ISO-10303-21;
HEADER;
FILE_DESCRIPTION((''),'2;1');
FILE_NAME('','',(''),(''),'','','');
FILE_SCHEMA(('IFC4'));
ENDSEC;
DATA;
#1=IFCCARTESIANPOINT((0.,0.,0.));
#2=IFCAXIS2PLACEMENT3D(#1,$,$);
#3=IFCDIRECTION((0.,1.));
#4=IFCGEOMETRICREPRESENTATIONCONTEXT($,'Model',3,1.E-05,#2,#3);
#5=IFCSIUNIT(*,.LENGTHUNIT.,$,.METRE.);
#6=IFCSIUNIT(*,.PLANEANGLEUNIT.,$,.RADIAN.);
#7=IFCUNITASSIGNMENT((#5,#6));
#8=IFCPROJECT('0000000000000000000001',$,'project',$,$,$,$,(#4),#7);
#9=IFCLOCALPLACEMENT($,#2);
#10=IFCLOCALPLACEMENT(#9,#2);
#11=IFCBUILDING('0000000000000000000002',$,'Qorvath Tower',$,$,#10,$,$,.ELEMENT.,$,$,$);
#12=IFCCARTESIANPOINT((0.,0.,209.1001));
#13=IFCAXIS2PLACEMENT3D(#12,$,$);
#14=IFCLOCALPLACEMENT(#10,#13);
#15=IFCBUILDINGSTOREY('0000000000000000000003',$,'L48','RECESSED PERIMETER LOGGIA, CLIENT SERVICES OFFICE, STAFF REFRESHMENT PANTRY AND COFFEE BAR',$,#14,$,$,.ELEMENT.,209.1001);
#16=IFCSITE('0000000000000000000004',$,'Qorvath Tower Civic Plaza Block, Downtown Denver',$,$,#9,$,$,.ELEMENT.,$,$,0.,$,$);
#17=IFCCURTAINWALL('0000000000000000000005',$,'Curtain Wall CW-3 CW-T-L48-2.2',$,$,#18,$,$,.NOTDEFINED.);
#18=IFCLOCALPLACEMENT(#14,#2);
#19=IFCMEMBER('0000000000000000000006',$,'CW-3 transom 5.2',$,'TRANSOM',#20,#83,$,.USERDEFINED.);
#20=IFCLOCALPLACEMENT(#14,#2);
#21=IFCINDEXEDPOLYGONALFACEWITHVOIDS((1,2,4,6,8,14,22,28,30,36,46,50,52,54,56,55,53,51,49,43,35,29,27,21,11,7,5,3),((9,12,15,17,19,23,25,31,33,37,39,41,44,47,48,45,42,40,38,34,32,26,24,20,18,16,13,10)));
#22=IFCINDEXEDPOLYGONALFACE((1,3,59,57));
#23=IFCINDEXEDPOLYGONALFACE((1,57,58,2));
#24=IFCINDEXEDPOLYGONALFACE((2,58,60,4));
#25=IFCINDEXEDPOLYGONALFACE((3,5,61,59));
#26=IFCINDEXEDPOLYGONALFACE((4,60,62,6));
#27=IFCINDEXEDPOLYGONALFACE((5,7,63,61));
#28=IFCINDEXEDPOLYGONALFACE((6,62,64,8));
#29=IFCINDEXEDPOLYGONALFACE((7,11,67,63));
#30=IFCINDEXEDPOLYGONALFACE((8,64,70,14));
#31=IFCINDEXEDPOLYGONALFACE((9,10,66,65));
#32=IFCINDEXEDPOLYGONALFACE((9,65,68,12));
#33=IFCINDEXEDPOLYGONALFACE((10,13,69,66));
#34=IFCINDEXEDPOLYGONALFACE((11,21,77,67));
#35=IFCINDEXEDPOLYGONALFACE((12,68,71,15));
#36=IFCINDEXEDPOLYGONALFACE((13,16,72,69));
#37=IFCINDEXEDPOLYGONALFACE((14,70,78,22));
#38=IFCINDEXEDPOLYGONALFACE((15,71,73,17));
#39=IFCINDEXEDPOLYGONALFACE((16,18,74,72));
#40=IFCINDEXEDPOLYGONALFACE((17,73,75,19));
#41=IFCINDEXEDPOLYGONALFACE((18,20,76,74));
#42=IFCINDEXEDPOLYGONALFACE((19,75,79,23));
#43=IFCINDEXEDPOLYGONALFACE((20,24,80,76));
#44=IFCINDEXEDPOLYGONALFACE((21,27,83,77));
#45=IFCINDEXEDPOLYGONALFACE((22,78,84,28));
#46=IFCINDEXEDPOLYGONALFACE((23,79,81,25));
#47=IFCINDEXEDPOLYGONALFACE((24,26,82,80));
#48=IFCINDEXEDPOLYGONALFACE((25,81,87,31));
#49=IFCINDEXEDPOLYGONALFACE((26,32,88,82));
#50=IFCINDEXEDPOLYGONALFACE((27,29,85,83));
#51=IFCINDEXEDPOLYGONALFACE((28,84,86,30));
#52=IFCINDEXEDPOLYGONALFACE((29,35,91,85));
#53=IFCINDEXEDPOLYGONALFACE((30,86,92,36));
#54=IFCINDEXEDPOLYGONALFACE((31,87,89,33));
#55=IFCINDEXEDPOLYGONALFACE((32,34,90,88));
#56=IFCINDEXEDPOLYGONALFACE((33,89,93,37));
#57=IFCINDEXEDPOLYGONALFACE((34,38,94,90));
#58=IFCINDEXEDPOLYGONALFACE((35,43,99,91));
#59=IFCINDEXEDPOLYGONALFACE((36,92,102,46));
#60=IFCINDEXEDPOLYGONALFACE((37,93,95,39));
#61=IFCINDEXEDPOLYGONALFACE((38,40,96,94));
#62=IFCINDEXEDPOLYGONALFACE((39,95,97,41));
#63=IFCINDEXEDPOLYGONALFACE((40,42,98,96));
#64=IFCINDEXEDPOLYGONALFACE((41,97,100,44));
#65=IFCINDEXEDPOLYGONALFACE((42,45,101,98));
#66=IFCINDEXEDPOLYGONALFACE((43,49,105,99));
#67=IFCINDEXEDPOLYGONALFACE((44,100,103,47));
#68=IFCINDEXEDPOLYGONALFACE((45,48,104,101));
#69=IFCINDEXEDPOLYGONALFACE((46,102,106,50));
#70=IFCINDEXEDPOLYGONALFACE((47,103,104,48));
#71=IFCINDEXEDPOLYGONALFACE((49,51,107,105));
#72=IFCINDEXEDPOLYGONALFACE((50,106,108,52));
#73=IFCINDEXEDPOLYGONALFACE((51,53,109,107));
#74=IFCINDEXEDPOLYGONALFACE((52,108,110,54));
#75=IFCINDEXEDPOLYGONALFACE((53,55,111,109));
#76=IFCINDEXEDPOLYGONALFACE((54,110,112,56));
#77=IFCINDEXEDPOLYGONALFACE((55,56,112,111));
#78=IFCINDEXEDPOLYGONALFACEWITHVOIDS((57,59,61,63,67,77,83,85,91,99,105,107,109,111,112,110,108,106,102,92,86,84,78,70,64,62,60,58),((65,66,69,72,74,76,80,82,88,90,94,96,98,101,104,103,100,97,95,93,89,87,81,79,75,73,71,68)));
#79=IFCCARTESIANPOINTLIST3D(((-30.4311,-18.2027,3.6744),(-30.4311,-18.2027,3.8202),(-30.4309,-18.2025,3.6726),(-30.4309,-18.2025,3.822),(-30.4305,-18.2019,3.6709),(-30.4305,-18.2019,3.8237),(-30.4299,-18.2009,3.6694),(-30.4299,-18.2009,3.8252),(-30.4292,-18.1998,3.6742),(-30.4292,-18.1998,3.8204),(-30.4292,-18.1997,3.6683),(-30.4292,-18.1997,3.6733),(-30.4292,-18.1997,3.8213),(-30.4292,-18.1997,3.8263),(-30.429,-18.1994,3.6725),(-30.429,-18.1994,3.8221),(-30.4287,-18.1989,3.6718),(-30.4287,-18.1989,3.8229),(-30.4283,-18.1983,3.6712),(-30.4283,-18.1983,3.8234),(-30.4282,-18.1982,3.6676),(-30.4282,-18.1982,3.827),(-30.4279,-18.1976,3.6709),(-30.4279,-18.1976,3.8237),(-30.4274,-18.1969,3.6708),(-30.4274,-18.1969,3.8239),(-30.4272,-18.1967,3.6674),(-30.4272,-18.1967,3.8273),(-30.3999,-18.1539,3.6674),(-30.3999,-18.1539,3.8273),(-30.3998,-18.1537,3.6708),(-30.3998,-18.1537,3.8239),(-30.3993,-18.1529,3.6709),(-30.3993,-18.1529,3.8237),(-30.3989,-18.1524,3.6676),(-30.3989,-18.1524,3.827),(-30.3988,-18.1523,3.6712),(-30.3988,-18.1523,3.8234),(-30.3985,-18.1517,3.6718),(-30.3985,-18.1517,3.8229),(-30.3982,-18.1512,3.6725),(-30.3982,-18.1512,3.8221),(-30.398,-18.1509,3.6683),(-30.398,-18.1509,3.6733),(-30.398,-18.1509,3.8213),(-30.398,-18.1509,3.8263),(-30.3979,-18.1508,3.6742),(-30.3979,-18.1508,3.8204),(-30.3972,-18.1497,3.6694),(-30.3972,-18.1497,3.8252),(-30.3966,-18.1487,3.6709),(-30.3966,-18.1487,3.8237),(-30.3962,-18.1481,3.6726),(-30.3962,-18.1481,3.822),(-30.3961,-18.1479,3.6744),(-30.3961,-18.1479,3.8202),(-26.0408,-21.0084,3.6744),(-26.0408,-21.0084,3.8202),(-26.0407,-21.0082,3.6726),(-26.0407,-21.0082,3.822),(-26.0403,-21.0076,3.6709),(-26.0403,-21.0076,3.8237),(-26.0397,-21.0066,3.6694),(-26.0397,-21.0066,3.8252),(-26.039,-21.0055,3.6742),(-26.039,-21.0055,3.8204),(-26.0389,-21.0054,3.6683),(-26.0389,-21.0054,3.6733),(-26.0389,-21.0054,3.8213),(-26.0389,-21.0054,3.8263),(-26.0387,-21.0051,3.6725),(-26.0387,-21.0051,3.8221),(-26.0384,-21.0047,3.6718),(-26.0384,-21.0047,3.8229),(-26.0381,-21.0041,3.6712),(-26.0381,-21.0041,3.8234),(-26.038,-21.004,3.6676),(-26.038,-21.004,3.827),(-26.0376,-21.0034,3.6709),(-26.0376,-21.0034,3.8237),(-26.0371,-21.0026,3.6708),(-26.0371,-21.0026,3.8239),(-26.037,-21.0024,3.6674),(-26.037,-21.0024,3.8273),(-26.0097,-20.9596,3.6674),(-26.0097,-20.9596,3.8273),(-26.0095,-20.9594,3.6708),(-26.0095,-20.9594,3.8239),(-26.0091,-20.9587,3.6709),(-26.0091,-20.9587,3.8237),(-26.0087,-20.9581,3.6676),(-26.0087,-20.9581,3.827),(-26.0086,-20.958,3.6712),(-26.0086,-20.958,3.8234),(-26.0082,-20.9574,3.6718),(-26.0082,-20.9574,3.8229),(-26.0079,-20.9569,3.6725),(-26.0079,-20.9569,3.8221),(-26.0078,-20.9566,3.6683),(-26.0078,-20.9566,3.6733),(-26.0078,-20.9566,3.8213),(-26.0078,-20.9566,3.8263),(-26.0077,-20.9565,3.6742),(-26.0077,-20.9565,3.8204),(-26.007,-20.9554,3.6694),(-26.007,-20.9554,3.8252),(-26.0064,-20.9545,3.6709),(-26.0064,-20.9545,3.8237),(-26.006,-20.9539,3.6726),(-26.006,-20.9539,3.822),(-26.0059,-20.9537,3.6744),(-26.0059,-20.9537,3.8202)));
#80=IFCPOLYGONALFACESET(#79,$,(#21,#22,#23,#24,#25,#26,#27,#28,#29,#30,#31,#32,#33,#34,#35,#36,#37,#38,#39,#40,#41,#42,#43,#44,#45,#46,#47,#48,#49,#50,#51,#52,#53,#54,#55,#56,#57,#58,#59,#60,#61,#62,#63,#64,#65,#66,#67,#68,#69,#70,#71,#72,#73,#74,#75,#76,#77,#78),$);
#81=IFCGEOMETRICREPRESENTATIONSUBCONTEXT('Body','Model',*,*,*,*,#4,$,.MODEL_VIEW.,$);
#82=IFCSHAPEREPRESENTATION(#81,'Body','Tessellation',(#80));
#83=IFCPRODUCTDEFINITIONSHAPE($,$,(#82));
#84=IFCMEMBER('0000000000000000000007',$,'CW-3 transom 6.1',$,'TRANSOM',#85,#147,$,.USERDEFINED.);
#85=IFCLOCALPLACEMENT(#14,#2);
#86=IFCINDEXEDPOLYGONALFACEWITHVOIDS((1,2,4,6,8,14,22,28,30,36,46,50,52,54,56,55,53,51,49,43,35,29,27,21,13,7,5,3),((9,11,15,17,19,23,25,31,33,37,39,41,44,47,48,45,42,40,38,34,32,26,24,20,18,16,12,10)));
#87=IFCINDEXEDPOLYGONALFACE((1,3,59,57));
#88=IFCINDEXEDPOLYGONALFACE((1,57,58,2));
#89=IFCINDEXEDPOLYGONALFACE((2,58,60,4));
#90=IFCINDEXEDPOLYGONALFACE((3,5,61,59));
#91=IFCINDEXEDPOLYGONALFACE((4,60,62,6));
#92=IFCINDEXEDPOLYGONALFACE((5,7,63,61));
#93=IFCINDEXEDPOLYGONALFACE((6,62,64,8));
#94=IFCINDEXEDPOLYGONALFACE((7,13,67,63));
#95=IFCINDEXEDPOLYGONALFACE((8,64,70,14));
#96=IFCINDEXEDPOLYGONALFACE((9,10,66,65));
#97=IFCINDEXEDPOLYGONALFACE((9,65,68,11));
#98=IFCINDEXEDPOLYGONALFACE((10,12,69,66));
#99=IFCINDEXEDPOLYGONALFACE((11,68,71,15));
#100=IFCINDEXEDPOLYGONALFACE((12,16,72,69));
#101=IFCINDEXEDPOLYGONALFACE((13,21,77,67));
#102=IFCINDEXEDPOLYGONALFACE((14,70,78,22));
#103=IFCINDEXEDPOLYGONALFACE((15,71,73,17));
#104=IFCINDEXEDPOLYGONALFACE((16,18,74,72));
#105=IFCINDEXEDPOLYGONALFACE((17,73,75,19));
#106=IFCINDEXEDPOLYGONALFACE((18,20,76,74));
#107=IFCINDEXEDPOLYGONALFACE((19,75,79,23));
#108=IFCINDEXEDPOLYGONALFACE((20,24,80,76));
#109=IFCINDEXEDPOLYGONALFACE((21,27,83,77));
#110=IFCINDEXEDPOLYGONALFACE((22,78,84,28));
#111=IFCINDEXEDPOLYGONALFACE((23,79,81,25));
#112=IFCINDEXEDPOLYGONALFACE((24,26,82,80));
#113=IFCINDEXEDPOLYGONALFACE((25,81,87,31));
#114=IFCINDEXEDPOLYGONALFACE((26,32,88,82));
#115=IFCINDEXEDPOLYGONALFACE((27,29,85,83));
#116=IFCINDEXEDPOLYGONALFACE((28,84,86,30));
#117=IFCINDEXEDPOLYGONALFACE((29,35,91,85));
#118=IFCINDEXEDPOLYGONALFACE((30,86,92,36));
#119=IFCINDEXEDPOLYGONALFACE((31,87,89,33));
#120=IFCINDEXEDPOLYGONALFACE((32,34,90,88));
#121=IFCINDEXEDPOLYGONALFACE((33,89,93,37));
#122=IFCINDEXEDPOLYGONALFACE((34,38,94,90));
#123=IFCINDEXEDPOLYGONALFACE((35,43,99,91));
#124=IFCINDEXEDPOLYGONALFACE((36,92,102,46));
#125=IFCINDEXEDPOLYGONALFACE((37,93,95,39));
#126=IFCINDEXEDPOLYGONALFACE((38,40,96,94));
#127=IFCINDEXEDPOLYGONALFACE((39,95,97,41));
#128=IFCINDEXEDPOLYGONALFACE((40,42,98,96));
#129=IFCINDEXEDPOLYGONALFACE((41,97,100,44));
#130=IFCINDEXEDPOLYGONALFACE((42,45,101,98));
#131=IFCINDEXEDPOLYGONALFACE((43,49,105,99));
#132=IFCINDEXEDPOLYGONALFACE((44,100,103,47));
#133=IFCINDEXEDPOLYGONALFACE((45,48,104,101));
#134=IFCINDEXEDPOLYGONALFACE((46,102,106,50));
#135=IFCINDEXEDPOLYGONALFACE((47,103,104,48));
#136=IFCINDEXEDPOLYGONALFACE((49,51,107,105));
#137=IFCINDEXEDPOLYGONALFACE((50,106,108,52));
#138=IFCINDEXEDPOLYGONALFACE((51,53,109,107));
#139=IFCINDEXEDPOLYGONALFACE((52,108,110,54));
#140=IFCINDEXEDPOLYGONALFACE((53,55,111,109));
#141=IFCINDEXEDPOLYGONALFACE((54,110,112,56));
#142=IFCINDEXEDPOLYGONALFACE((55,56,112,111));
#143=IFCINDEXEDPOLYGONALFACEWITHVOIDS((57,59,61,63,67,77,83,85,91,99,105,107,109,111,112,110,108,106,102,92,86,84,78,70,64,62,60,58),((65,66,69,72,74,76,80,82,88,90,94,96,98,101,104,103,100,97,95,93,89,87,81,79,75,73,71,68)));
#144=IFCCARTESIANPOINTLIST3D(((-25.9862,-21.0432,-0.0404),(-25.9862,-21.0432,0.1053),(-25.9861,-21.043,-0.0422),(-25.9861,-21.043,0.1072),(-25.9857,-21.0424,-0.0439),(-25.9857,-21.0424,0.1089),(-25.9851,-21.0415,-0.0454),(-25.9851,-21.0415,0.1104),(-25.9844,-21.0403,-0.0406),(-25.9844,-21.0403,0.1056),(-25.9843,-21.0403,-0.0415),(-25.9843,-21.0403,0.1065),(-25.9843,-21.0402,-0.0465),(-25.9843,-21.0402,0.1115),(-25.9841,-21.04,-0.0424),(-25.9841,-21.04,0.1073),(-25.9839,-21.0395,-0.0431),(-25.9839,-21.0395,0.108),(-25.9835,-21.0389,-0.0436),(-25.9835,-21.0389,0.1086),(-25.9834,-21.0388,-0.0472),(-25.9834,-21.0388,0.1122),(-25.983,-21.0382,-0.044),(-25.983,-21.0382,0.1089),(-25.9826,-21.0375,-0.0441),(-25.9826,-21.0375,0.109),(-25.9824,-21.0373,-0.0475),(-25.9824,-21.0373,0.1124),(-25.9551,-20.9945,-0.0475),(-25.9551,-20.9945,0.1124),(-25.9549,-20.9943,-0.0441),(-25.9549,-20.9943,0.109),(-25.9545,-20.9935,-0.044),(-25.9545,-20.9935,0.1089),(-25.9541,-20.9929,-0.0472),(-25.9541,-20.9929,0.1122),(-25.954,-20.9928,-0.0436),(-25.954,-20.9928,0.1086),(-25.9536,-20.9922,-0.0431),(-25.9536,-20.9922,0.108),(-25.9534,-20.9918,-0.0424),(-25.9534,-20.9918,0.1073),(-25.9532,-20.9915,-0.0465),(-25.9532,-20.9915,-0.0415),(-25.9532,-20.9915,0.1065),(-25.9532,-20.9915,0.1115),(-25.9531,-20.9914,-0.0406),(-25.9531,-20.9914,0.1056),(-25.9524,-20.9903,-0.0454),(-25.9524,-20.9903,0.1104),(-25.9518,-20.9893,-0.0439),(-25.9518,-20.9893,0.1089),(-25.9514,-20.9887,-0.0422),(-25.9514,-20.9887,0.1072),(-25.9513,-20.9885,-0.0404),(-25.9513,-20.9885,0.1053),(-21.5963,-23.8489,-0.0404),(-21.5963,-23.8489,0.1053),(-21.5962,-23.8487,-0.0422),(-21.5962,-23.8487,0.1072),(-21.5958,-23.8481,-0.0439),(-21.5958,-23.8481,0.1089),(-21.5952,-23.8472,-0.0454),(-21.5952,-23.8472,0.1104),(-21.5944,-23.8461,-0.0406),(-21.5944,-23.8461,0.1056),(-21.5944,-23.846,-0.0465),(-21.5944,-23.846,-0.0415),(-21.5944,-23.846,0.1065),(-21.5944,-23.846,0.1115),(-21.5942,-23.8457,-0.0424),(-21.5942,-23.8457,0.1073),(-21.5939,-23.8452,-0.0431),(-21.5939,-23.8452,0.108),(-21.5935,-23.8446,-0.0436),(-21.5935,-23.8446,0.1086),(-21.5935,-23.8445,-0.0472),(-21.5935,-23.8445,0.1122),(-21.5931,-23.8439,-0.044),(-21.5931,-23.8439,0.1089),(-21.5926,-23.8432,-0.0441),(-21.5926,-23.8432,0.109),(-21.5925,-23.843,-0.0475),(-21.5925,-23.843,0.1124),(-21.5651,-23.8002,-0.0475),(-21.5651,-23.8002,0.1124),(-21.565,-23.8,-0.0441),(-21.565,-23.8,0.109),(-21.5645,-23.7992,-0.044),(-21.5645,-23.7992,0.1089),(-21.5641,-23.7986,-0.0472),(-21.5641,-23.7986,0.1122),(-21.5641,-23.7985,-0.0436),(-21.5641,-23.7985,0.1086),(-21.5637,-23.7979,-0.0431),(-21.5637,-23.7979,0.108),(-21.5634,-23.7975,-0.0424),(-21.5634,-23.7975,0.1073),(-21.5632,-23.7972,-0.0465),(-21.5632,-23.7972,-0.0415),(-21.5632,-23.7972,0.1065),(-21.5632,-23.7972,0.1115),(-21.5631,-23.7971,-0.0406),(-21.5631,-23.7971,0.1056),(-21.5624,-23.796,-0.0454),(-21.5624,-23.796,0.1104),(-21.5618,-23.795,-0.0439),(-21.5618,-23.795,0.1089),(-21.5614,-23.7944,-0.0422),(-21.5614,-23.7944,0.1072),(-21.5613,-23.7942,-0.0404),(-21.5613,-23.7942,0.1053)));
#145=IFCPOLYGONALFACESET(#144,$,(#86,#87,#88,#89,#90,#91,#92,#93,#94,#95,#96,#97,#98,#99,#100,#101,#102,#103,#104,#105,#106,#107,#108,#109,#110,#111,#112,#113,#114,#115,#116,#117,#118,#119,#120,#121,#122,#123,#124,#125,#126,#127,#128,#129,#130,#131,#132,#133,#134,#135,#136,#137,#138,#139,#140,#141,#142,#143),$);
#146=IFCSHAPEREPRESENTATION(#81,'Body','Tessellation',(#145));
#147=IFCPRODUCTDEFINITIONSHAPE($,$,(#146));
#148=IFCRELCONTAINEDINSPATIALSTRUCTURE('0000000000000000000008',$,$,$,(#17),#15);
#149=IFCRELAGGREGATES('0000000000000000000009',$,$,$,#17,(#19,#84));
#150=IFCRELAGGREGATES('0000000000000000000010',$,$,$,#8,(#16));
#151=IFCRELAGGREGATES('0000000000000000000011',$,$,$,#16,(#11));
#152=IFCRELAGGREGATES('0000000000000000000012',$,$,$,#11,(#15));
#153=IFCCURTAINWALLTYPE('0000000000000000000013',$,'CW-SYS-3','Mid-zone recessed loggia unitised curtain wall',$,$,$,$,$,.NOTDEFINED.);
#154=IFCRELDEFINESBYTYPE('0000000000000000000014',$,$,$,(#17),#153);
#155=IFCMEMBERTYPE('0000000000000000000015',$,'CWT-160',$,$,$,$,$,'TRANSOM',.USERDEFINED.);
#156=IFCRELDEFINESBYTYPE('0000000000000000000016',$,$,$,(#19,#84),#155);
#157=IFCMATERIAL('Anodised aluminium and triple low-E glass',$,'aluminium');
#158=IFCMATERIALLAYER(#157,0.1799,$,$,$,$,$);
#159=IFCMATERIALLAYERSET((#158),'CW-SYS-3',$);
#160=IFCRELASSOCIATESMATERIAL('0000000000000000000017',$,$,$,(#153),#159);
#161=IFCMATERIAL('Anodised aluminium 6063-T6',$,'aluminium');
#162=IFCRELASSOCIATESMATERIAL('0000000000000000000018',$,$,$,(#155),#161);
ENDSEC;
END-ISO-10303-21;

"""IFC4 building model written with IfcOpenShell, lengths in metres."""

from ifc_helpers import new_model, si_unit, direction, frame, origin, origin_2d, place, context, subcontext, project, spatial, hollow_rectangle, extrude, material, layer, layer_set, material_profile, profile_set, type_object, element, aggregate, save


model = new_model("IFC4")

# Units and contexts
model_context = context("Model", 3, precision=1e-05, world=origin(), true_north=direction((0.0, 1.0)))
body_context = subcontext(model_context, "Body", "Model", "MODEL_VIEW")
ifc_project = project(units=[si_unit("LENGTHUNIT", "METRE"), si_unit("PLANEANGLEUNIT", "RADIAN")], contexts=[model_context])

# Site, building, storey
site_placement = place(None, origin())
site = spatial("IfcSite", under=ifc_project, at=site_placement, Name="Qorvath Tower Civic Plaza Block, Downtown Denver", CompositionType="ELEMENT", RefElevation=0.0)
building_placement = place(site_placement, origin())
building = spatial("IfcBuilding", under=site, at=building_placement, Name="Qorvath Tower", CompositionType="ELEMENT")
storey_placement = place(building_placement, frame((0.0, 0.0, 209.1001)))
storey = spatial("IfcBuildingStorey", under=building, at=storey_placement, Name="L48", Description="RECESSED PERIMETER LOGGIA, CLIENT SERVICES OFFICE, STAFF REFRESHMENT PANTRY AND COFFEE BAR", CompositionType="ELEMENT", Elevation=209.1001)

# Curtain wall, members
ifc_material_1 = material(Name="Anodised aluminium and triple low-E glass", Category="aluminium")
ifc_layer_1 = layer(ifc_material_1, 0.1799)
ifc_layer_set_1 = layer_set([ifc_layer_1], Name="CW-SYS-3")
curtain_wall_type = type_object("IfcCurtainWallType", Name="CW-SYS-3", Description="Mid-zone recessed loggia unitised curtain wall", PredefinedType="NOTDEFINED", material=ifc_layer_set_1)
curtain_wall_placement = place(storey_placement, origin())
curtain_wall = element("IfcCurtainWall", 1, at=curtain_wall_placement, inside=storey, type_object=curtain_wall_type, Name="Curtain Wall CW-3 CW-T-L48-2.2", PredefinedType="NOTDEFINED")
ifc_material_2 = material(Name="Anodised aluminium 6063-T6", Category="aluminium")
ifc_material_profile_1 = material_profile(ifc_material_2, hollow_rectangle(XDim=0.0649, YDim=0.1599, WallThickness=0.0034, InnerFilletRadius=0.0034, OuterFilletRadius=0.0071, at=origin_2d()), Name="CWT 160x65")
ifc_profile_set_1 = profile_set([ifc_material_profile_1], Name="Anodised aluminium 6063-T6")
member_type_1 = type_object("IfcMemberType", Name="CWT-160", ElementType="TRANSOM", PredefinedType="USERDEFINED", material=ifc_profile_set_1)
member_1_placement = place(storey_placement, frame((-30.4136, -18.1753, 3.7473), z_axis=(0.842622, -0.538506, 0.0), x_axis=(0.538506, 0.842622, 0.0)))
member_1 = element("IfcMember", 2, at=member_1_placement, type_object=member_type_1, Name="CW-3 transom 5.2", ObjectType="TRANSOM", PredefinedType="USERDEFINED", context=body_context, shape_type="SweptSolid", body=[
    extrude(hollow_rectangle(XDim=0.0649, YDim=0.1599, WallThickness=0.0034, InnerFilletRadius=0.0034, OuterFilletRadius=0.0071, at=origin_2d()), origin(), (0.0, 0.0, 1.0), 5.2102),
])
member_2_placement = place(storey_placement, frame((-25.9688, -21.0159, 0.0325), z_axis=(0.842608, -0.538527, 0.0), x_axis=(0.538527, 0.842608, 0.0)))
member_2 = element("IfcMember", 3, at=member_2_placement, type_object=member_type_1, Name="CW-3 transom 6.1", ObjectType="TRANSOM", PredefinedType="USERDEFINED", context=body_context, shape_type="SweptSolid", body=[
    extrude(hollow_rectangle(XDim=0.0649, YDim=0.1599, WallThickness=0.0034, InnerFilletRadius=0.0034, OuterFilletRadius=0.0071, at=origin_2d()), origin(), (0.0, 0.0, 1.0), 5.21),
])
aggregate(curtain_wall, [member_1, member_2])

save(model, "model.ifc")
